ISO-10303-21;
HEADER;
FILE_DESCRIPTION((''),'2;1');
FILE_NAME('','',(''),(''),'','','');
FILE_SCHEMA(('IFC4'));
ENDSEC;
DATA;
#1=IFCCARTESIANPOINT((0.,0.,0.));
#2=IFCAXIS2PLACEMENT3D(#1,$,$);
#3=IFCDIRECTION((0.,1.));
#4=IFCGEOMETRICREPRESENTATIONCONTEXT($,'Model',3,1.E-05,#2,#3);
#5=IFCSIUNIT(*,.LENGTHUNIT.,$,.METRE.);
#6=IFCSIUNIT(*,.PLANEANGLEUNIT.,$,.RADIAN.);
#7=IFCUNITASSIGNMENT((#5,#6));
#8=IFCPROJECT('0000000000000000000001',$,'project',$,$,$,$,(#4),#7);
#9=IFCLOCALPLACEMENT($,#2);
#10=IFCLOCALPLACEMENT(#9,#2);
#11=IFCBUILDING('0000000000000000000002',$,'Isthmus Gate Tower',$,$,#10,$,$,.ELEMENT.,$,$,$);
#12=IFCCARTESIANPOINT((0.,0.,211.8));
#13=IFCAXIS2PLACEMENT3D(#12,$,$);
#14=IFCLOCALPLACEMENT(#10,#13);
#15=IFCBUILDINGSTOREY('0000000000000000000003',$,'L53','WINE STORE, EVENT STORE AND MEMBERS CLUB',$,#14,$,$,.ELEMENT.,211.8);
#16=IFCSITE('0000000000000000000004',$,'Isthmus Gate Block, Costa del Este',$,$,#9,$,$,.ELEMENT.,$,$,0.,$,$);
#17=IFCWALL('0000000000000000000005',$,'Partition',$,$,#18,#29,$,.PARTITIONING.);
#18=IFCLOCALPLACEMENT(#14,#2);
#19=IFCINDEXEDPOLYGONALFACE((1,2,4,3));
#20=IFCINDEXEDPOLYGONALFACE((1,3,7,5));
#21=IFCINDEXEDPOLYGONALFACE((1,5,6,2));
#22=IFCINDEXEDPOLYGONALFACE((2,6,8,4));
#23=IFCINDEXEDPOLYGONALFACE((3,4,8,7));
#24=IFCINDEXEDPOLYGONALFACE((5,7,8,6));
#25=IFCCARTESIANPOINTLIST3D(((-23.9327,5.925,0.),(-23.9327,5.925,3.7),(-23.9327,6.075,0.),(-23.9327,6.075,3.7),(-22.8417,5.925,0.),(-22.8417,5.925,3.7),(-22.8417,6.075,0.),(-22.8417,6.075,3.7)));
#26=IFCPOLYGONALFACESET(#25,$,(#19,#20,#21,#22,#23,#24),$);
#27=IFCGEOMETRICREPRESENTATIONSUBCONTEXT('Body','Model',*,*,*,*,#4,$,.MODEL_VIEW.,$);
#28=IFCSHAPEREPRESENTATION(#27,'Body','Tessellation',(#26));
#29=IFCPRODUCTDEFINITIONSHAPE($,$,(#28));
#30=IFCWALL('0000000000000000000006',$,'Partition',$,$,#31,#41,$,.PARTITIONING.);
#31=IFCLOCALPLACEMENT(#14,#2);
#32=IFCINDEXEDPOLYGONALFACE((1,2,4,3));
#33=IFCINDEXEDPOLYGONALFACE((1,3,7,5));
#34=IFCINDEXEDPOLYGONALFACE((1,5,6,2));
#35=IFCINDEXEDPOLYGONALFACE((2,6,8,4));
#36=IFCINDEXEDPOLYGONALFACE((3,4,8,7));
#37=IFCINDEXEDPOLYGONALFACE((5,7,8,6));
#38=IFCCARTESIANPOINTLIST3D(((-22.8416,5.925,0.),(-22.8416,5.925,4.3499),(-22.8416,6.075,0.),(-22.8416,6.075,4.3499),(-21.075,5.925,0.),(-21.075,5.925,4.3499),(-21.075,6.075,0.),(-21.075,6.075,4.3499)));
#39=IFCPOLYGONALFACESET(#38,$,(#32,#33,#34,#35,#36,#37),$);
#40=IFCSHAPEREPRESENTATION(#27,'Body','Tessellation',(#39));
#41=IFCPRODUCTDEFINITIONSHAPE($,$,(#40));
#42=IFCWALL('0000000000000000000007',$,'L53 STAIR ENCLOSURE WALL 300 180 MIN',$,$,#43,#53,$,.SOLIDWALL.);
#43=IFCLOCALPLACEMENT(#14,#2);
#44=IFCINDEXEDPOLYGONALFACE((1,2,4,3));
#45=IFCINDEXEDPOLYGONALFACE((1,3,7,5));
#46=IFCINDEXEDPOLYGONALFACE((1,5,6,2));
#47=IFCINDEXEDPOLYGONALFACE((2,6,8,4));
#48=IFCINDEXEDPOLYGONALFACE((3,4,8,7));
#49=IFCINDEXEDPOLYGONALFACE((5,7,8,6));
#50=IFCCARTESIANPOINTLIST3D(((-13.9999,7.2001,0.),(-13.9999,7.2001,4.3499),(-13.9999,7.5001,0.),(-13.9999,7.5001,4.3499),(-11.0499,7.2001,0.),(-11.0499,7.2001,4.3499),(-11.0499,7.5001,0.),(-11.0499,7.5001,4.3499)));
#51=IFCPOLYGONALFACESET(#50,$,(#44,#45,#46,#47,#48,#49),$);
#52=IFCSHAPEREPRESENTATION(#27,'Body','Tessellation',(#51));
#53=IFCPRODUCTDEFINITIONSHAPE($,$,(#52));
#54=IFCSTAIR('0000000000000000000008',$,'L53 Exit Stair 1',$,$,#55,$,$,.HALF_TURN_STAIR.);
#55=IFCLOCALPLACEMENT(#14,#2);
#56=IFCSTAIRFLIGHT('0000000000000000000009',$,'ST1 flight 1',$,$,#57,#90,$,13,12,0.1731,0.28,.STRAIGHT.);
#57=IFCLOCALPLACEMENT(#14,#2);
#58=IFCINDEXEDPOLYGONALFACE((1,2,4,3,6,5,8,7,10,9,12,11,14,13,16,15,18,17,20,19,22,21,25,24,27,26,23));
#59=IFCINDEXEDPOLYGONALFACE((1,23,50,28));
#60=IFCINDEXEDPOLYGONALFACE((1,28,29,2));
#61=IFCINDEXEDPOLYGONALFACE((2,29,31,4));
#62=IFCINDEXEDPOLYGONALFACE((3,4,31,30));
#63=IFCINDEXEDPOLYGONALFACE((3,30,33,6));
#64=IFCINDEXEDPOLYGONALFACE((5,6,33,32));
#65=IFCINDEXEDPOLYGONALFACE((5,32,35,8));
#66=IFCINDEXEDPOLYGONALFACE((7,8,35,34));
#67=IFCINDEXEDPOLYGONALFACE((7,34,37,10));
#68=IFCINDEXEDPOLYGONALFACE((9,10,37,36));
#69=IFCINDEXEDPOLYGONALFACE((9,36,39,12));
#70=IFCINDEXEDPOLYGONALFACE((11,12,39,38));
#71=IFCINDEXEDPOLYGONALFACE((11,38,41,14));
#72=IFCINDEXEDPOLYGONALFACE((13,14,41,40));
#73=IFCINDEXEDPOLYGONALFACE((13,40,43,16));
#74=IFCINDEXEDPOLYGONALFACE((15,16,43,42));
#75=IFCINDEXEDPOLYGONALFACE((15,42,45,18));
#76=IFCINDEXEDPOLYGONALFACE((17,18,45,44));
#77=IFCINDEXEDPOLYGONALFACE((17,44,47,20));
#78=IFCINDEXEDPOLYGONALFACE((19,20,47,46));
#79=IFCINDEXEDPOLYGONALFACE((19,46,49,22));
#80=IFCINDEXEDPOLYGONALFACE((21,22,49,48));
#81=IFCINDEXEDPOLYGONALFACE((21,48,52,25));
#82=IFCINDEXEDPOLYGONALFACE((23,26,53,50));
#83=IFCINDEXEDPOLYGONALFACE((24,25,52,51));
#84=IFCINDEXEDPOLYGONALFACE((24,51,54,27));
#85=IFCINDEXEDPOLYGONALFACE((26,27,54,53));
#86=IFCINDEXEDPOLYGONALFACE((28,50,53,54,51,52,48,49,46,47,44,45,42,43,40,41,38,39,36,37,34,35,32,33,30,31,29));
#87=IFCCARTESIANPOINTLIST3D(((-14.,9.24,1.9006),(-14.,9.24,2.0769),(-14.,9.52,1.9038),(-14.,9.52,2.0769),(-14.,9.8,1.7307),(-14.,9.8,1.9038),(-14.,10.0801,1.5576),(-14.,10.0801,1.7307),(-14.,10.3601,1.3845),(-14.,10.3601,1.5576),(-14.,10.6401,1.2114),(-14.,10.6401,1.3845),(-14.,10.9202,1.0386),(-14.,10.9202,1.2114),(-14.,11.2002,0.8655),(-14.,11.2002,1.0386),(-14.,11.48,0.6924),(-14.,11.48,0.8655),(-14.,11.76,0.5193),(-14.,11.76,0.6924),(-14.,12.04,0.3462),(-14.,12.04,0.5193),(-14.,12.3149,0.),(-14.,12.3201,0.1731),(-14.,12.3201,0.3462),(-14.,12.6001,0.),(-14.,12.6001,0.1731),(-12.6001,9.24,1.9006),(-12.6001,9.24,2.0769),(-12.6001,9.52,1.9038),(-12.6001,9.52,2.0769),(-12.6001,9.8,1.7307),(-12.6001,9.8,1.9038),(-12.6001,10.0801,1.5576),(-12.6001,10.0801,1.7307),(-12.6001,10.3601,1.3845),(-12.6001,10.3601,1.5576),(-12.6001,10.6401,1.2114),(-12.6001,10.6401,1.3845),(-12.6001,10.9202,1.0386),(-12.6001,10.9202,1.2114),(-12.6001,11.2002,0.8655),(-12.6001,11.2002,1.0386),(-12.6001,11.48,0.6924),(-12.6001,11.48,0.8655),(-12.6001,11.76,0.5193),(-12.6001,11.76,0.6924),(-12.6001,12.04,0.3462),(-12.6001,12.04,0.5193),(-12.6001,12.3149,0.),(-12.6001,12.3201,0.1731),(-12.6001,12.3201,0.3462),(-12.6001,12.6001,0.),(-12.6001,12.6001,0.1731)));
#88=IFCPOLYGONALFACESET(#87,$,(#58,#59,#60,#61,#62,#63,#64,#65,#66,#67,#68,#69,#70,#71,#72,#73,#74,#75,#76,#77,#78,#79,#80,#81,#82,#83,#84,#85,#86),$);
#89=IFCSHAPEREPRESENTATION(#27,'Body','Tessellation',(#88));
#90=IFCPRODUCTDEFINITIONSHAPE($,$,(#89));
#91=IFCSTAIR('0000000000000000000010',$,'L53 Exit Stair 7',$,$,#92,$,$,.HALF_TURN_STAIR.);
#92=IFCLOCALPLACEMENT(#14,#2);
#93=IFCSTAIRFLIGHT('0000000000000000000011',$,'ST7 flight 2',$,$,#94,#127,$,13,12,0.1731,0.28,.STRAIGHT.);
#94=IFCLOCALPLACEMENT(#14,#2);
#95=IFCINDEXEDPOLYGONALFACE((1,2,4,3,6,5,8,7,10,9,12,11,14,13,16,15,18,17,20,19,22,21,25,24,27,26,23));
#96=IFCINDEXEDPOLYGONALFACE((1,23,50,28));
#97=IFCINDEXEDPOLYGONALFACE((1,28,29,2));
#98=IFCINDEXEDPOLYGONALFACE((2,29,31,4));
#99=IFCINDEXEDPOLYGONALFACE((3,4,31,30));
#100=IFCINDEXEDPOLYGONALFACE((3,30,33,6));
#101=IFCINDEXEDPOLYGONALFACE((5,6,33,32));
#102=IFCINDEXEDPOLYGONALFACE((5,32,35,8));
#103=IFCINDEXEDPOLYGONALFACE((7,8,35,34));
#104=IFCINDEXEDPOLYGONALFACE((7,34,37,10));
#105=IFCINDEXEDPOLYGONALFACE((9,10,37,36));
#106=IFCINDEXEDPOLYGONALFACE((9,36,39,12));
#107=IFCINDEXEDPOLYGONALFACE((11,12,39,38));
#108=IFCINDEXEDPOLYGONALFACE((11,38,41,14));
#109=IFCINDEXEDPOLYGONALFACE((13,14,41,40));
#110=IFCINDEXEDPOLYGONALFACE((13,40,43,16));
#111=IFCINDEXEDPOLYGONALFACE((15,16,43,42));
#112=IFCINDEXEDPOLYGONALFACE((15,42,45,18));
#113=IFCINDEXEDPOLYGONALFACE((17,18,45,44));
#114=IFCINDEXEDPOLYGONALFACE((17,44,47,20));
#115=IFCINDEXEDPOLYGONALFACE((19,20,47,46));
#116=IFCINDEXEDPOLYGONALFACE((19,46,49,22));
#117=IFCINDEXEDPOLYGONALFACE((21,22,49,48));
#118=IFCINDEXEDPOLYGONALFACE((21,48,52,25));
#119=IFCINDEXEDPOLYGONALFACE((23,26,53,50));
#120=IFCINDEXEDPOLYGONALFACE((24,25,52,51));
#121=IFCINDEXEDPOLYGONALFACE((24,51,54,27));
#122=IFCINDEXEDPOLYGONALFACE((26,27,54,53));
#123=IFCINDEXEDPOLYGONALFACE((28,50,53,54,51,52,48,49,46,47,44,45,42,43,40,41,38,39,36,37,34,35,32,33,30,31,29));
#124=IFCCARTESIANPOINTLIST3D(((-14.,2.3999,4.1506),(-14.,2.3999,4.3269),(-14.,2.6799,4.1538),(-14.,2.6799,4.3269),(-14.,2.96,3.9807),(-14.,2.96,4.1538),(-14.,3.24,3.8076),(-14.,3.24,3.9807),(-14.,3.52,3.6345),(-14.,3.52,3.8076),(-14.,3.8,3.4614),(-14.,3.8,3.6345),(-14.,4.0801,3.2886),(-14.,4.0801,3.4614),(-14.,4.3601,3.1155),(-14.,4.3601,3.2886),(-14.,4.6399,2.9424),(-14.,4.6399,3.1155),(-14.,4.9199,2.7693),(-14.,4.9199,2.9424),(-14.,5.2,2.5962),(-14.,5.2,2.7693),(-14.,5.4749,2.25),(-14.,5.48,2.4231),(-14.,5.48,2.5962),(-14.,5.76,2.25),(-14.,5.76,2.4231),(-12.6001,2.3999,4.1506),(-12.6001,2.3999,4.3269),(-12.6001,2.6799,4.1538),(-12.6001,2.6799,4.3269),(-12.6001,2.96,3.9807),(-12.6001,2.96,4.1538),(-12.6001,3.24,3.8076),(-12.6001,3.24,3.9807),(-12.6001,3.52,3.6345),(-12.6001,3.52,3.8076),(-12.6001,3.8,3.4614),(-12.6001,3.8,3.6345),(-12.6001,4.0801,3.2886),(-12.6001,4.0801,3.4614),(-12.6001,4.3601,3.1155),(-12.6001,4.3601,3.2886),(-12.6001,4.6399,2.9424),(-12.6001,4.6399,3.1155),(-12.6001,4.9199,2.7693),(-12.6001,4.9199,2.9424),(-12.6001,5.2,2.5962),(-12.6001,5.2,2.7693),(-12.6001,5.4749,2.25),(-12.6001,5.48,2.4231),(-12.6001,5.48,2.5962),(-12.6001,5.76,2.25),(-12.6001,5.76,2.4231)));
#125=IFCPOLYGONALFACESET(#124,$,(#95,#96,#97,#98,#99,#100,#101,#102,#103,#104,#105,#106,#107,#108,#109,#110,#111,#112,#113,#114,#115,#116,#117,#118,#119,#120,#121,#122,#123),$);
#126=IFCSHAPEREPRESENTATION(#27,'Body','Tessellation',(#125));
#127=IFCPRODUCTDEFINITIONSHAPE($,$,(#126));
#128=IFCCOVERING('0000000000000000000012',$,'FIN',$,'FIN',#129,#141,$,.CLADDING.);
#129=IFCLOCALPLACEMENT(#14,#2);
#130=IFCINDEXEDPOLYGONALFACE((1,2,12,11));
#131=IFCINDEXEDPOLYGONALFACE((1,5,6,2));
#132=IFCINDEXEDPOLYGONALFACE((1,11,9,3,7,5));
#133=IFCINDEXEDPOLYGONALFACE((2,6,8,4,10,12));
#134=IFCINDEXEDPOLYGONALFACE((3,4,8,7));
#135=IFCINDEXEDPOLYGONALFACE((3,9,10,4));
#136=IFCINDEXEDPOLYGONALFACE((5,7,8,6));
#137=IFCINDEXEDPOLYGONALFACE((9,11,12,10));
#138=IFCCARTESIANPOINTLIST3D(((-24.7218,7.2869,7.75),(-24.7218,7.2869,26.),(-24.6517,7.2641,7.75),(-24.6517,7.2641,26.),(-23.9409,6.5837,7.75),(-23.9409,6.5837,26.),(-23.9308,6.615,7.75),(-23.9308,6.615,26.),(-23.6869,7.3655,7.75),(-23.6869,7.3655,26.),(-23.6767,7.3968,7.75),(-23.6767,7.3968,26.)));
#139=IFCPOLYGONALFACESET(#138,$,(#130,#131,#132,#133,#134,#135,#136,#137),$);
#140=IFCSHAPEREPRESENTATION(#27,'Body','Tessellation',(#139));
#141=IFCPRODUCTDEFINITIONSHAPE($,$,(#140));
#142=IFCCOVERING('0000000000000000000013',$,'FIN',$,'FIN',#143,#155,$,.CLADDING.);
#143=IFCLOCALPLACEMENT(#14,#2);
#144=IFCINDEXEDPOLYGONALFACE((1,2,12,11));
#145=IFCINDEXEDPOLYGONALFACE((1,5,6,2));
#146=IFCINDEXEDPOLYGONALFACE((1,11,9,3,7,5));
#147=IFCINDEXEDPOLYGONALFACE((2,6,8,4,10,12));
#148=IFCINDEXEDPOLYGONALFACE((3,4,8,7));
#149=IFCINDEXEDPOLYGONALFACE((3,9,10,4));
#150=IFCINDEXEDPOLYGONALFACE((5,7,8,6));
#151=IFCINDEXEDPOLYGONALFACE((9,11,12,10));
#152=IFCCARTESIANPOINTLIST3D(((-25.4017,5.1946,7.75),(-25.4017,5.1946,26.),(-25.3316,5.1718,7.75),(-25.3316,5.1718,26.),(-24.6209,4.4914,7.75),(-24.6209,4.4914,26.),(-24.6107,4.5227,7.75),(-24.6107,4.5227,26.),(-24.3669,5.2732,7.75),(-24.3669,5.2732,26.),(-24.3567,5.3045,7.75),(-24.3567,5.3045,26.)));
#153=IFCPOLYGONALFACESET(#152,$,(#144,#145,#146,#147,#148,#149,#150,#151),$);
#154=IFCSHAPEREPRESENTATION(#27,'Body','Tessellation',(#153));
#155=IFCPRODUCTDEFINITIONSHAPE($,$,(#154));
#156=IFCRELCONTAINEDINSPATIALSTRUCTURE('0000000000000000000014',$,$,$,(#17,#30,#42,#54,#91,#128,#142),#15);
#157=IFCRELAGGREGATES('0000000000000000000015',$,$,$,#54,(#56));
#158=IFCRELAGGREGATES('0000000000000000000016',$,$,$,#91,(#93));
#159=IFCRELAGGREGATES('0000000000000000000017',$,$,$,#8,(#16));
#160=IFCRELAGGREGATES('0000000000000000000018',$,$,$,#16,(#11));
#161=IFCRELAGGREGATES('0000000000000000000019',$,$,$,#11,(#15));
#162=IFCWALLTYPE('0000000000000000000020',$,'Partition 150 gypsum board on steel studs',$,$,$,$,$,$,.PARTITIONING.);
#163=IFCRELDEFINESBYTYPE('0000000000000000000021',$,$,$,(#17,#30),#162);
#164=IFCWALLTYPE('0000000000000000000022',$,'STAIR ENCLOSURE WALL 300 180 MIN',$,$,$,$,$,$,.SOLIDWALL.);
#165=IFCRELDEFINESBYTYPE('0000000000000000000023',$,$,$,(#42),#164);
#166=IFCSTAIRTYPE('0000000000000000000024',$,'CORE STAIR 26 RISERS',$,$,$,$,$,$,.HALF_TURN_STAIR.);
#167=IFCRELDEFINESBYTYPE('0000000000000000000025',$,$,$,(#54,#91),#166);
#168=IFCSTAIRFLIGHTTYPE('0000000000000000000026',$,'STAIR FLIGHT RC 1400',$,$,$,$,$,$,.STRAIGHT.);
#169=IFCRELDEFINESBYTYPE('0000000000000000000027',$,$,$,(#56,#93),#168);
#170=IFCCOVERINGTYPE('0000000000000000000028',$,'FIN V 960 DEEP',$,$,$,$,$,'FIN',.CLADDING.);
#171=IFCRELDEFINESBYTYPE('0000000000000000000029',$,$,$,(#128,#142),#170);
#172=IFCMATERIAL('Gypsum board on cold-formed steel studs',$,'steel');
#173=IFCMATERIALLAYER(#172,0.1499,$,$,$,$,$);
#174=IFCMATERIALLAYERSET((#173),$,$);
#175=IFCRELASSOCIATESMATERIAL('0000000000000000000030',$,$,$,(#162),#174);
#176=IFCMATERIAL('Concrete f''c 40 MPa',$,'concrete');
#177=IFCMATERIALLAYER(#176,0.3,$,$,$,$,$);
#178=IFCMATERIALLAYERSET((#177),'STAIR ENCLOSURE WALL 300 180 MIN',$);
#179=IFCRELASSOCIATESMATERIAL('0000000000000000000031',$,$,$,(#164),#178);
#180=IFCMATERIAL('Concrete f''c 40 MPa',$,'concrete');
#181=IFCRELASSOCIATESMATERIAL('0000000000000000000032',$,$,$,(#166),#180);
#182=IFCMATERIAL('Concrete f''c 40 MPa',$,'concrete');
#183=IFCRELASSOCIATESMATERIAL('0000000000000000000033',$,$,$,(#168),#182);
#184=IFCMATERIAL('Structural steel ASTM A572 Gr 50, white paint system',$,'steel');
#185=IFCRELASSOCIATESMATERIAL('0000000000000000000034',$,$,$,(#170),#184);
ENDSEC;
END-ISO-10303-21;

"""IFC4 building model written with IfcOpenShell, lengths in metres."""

from ifc_helpers import new_model, si_unit, direction, frame, frame_2d, origin, place, context, subcontext, project, spatial, polyline, rectangle, outline, extrude, material, layer, layer_set, material_profile, profile_set, type_object, element, aggregate, save


model = new_model("IFC4")

# Units and contexts
model_context = context("Model", 3, precision=1e-05, world=origin(), true_north=direction((0.0, 1.0)))
body_context = subcontext(model_context, "Body", "Model", "MODEL_VIEW")
ifc_project = project(units=[si_unit("LENGTHUNIT", "METRE"), si_unit("PLANEANGLEUNIT", "RADIAN")], contexts=[model_context])

# Site, building, storey
site_placement = place(None, origin())
site = spatial("IfcSite", under=ifc_project, at=site_placement, Name="Isthmus Gate Block, Costa del Este", CompositionType="ELEMENT", RefElevation=0.0)
building_placement = place(site_placement, origin())
building = spatial("IfcBuilding", under=site, at=building_placement, Name="Isthmus Gate Tower", CompositionType="ELEMENT")
storey_placement = place(building_placement, frame((0.0, 0.0, 211.8)))
storey = spatial("IfcBuildingStorey", under=building, at=storey_placement, Name="L53", Description="WINE STORE, EVENT STORE AND MEMBERS CLUB", CompositionType="ELEMENT", Elevation=211.8)

# Walls
ifc_material_1 = material(Name="Gypsum board on cold-formed steel studs", Category="steel")
ifc_layer_1 = layer(ifc_material_1, 0.1499)
ifc_layer_set_1 = layer_set([ifc_layer_1])
wall_type_1 = type_object("IfcWallType", Name="Partition 150 gypsum board on steel studs", PredefinedType="PARTITIONING", material=ifc_layer_set_1)
wall_1_placement = place(storey_placement, frame((-23.9326, 6.0, 0.0), z_axis=(0.0, 0.0, 1.0), x_axis=(1.0, 0.0, 0.0)))
element("IfcWall", 1, at=wall_1_placement, inside=storey, type_object=wall_type_1, Name="Partition", PredefinedType="PARTITIONING", context=body_context, shape_type="SweptSolid", body=[
    extrude(rectangle(XDim=1.0911, YDim=0.1499, at=frame_2d((0.5454, 0.0))), origin(), (0.0, 0.0, 1.0), 3.7),
])
wall_2_placement = place(storey_placement, frame((-22.8416, 6.0, 0.0), z_axis=(0.0, 0.0, 1.0), x_axis=(1.0, 0.0, 0.0)))
element("IfcWall", 2, at=wall_2_placement, inside=storey, type_object=wall_type_1, Name="Partition", PredefinedType="PARTITIONING", context=body_context, shape_type="SweptSolid", body=[
    extrude(rectangle(XDim=1.7666, YDim=0.1499, at=frame_2d((0.8833, 0.0))), origin(), (0.0, 0.0, 1.0), 4.3499),
])
ifc_material_2 = material(Name="Concrete f'c 40 MPa", Category="concrete")
ifc_layer_2 = layer(ifc_material_2, 0.3)
ifc_layer_set_2 = layer_set([ifc_layer_2], Name="STAIR ENCLOSURE WALL 300 180 MIN")
wall_type_2 = type_object("IfcWallType", Name="STAIR ENCLOSURE WALL 300 180 MIN", PredefinedType="SOLIDWALL", material=ifc_layer_set_2)
wall_3_placement = place(storey_placement, frame((-14.0, 7.3501, 0.0), z_axis=(0.0, 0.0, 1.0), x_axis=(1.0, 0.0, 0.0)))
element("IfcWall", 3, at=wall_3_placement, inside=storey, type_object=wall_type_2, Name="L53 STAIR ENCLOSURE WALL 300 180 MIN", PredefinedType="SOLIDWALL", context=body_context, shape_type="SweptSolid", body=[
    extrude(rectangle(XDim=2.95, YDim=0.3, at=frame_2d((1.4751, 0.0))), origin(), (0.0, 0.0, 1.0), 4.3499),
])

# Stairs, stair flights
ifc_material_3 = material(Name="Concrete f'c 40 MPa", Category="concrete")
stair_type = type_object("IfcStairType", Name="CORE STAIR 26 RISERS", PredefinedType="HALF_TURN_STAIR", material=ifc_material_3)
stair_1_placement = place(storey_placement, origin())
stair_1 = element("IfcStair", 4, at=stair_1_placement, inside=storey, type_object=stair_type, Name="L53 Exit Stair 1", PredefinedType="HALF_TURN_STAIR")
ifc_material_4 = material(Name="Concrete f'c 40 MPa", Category="concrete")
stair_flight_type = type_object("IfcStairFlightType", Name="STAIR FLIGHT RC 1400", PredefinedType="STRAIGHT", material=ifc_material_4)
stair_flight_1_placement = place(storey_placement, frame((-13.3, 12.6001, 0.0), z_axis=(0.0, 0.0, 1.0), x_axis=(0.0, -1.0, 0.0)))
stair_flight_1 = element("IfcStairFlight", 5, at=stair_flight_1_placement, type_object=stair_flight_type, Name="ST1 flight 1", NumberOfRisers=13, NumberOfTreads=12, PredefinedType="STRAIGHT", RiserHeight=0.1731, TreadLength=0.28, context=body_context, shape_type="SweptSolid", body=[
    extrude(outline(polyline([(0.0, 0.0), (0.0, 0.1731), (0.28, 0.1731), (0.28, 0.3462), (0.5601, 0.3462), (0.5601, 0.5193), (0.8401, 0.5193), (0.8401, 0.6924), (1.1201, 0.6924), (1.1201, 0.8655), (1.3999, 0.8655), (1.3999, 1.0386), (1.6799, 1.0386), (1.6799, 1.2114), (1.96, 1.2114), (1.96, 1.3845), (2.24, 1.3845), (2.24, 1.5576), (2.52, 1.5576), (2.52, 1.7307), (2.8, 1.7307), (2.8, 1.9038), (3.0801, 1.9038), (3.0801, 2.0769), (3.3601, 2.0769), (3.3601, 2.25), (3.3601, 1.9006), (0.2852, 0.0), (0.0, 0.0)])), frame((0.0, 0.7, 0.0), z_axis=(0.0, -1.0, 0.0), x_axis=(1.0, 0.0, 0.0)), (0.0, 0.0, 1.0), 1.3999),
])
aggregate(stair_1, [stair_flight_1])
stair_2_placement = place(storey_placement, origin())
stair_2 = element("IfcStair", 6, at=stair_2_placement, inside=storey, type_object=stair_type, Name="L53 Exit Stair 7", PredefinedType="HALF_TURN_STAIR")
stair_flight_2_placement = place(storey_placement, frame((-13.3, 5.76, 2.25), z_axis=(0.0, 0.0, 1.0), x_axis=(0.0, -1.0, 0.0)))
stair_flight_2 = element("IfcStairFlight", 7, at=stair_flight_2_placement, type_object=stair_flight_type, Name="ST7 flight 2", NumberOfRisers=13, NumberOfTreads=12, PredefinedType="STRAIGHT", RiserHeight=0.1731, TreadLength=0.28, context=body_context, shape_type="SweptSolid", body=[
    extrude(outline(polyline([(0.0, 0.0), (0.0, 0.1731), (0.28, 0.1731), (0.28, 0.3462), (0.5601, 0.3462), (0.5601, 0.5193), (0.8401, 0.5193), (0.8401, 0.6924), (1.1201, 0.6924), (1.1201, 0.8655), (1.3999, 0.8655), (1.3999, 1.0386), (1.6799, 1.0386), (1.6799, 1.2114), (1.96, 1.2114), (1.96, 1.3845), (2.24, 1.3845), (2.24, 1.5576), (2.52, 1.5576), (2.52, 1.7307), (2.8, 1.7307), (2.8, 1.9038), (3.0801, 1.9038), (3.0801, 2.0769), (3.3601, 2.0769), (3.3601, 2.25), (3.3601, 1.9006), (0.2852, 0.0), (0.0, 0.0)])), frame((0.0, 0.7, 0.0), z_axis=(0.0, -1.0, 0.0), x_axis=(1.0, 0.0, 0.0)), (0.0, 0.0, 1.0), 1.3999),
])
aggregate(stair_2, [stair_flight_2])

# Coverings
ifc_material_5 = material(Name="Structural steel ASTM A572 Gr 50, white paint system", Category="steel")
ifc_material_profile_1 = material_profile(ifc_material_5, outline(polyline([(0.0, -0.4275), (0.96, 0.0), (0.0, 0.4275), (0.0, 0.3945), (0.8862, 0.0), (0.0, -0.3945), (0.0, -0.4275)])), Name="V960")
ifc_profile_set_1 = profile_set([ifc_material_profile_1], Name="Structural steel ASTM A572 Gr 50, white paint system")
covering_type = type_object("IfcCoveringType", Name="FIN V 960 DEEP", ElementType="FIN", PredefinedType="CLADDING", material=ifc_profile_set_1)
for number, where, z_axis, x_axis, name in (
    (8, (-23.8088, 6.9902, 7.75), (0.0, 0.0, 1.0), (-0.951057, 0.309017, 0.0), "FIN"),
    (9, (-24.4888, 4.8979, 7.75), (0.0, 0.0, 1.0), (-0.951057, 0.309017, 0.0), "FIN"),
):
    element("IfcCovering", number, at=place(storey_placement, frame(where, z_axis=z_axis, x_axis=x_axis)), inside=storey, type_object=covering_type, Name=name, ObjectType="FIN", PredefinedType="CLADDING", context=body_context, shape_type="SweptSolid", body=[
        extrude(outline(polyline([(0.0, -0.4275), (0.96, 0.0), (0.0, 0.4275), (0.0, 0.3945), (0.8862, 0.0), (0.0, -0.3945), (0.0, -0.4275)])), origin(), (0.0, 0.0, 1.0), 18.25),
    ])

save(model, "model.ifc")
